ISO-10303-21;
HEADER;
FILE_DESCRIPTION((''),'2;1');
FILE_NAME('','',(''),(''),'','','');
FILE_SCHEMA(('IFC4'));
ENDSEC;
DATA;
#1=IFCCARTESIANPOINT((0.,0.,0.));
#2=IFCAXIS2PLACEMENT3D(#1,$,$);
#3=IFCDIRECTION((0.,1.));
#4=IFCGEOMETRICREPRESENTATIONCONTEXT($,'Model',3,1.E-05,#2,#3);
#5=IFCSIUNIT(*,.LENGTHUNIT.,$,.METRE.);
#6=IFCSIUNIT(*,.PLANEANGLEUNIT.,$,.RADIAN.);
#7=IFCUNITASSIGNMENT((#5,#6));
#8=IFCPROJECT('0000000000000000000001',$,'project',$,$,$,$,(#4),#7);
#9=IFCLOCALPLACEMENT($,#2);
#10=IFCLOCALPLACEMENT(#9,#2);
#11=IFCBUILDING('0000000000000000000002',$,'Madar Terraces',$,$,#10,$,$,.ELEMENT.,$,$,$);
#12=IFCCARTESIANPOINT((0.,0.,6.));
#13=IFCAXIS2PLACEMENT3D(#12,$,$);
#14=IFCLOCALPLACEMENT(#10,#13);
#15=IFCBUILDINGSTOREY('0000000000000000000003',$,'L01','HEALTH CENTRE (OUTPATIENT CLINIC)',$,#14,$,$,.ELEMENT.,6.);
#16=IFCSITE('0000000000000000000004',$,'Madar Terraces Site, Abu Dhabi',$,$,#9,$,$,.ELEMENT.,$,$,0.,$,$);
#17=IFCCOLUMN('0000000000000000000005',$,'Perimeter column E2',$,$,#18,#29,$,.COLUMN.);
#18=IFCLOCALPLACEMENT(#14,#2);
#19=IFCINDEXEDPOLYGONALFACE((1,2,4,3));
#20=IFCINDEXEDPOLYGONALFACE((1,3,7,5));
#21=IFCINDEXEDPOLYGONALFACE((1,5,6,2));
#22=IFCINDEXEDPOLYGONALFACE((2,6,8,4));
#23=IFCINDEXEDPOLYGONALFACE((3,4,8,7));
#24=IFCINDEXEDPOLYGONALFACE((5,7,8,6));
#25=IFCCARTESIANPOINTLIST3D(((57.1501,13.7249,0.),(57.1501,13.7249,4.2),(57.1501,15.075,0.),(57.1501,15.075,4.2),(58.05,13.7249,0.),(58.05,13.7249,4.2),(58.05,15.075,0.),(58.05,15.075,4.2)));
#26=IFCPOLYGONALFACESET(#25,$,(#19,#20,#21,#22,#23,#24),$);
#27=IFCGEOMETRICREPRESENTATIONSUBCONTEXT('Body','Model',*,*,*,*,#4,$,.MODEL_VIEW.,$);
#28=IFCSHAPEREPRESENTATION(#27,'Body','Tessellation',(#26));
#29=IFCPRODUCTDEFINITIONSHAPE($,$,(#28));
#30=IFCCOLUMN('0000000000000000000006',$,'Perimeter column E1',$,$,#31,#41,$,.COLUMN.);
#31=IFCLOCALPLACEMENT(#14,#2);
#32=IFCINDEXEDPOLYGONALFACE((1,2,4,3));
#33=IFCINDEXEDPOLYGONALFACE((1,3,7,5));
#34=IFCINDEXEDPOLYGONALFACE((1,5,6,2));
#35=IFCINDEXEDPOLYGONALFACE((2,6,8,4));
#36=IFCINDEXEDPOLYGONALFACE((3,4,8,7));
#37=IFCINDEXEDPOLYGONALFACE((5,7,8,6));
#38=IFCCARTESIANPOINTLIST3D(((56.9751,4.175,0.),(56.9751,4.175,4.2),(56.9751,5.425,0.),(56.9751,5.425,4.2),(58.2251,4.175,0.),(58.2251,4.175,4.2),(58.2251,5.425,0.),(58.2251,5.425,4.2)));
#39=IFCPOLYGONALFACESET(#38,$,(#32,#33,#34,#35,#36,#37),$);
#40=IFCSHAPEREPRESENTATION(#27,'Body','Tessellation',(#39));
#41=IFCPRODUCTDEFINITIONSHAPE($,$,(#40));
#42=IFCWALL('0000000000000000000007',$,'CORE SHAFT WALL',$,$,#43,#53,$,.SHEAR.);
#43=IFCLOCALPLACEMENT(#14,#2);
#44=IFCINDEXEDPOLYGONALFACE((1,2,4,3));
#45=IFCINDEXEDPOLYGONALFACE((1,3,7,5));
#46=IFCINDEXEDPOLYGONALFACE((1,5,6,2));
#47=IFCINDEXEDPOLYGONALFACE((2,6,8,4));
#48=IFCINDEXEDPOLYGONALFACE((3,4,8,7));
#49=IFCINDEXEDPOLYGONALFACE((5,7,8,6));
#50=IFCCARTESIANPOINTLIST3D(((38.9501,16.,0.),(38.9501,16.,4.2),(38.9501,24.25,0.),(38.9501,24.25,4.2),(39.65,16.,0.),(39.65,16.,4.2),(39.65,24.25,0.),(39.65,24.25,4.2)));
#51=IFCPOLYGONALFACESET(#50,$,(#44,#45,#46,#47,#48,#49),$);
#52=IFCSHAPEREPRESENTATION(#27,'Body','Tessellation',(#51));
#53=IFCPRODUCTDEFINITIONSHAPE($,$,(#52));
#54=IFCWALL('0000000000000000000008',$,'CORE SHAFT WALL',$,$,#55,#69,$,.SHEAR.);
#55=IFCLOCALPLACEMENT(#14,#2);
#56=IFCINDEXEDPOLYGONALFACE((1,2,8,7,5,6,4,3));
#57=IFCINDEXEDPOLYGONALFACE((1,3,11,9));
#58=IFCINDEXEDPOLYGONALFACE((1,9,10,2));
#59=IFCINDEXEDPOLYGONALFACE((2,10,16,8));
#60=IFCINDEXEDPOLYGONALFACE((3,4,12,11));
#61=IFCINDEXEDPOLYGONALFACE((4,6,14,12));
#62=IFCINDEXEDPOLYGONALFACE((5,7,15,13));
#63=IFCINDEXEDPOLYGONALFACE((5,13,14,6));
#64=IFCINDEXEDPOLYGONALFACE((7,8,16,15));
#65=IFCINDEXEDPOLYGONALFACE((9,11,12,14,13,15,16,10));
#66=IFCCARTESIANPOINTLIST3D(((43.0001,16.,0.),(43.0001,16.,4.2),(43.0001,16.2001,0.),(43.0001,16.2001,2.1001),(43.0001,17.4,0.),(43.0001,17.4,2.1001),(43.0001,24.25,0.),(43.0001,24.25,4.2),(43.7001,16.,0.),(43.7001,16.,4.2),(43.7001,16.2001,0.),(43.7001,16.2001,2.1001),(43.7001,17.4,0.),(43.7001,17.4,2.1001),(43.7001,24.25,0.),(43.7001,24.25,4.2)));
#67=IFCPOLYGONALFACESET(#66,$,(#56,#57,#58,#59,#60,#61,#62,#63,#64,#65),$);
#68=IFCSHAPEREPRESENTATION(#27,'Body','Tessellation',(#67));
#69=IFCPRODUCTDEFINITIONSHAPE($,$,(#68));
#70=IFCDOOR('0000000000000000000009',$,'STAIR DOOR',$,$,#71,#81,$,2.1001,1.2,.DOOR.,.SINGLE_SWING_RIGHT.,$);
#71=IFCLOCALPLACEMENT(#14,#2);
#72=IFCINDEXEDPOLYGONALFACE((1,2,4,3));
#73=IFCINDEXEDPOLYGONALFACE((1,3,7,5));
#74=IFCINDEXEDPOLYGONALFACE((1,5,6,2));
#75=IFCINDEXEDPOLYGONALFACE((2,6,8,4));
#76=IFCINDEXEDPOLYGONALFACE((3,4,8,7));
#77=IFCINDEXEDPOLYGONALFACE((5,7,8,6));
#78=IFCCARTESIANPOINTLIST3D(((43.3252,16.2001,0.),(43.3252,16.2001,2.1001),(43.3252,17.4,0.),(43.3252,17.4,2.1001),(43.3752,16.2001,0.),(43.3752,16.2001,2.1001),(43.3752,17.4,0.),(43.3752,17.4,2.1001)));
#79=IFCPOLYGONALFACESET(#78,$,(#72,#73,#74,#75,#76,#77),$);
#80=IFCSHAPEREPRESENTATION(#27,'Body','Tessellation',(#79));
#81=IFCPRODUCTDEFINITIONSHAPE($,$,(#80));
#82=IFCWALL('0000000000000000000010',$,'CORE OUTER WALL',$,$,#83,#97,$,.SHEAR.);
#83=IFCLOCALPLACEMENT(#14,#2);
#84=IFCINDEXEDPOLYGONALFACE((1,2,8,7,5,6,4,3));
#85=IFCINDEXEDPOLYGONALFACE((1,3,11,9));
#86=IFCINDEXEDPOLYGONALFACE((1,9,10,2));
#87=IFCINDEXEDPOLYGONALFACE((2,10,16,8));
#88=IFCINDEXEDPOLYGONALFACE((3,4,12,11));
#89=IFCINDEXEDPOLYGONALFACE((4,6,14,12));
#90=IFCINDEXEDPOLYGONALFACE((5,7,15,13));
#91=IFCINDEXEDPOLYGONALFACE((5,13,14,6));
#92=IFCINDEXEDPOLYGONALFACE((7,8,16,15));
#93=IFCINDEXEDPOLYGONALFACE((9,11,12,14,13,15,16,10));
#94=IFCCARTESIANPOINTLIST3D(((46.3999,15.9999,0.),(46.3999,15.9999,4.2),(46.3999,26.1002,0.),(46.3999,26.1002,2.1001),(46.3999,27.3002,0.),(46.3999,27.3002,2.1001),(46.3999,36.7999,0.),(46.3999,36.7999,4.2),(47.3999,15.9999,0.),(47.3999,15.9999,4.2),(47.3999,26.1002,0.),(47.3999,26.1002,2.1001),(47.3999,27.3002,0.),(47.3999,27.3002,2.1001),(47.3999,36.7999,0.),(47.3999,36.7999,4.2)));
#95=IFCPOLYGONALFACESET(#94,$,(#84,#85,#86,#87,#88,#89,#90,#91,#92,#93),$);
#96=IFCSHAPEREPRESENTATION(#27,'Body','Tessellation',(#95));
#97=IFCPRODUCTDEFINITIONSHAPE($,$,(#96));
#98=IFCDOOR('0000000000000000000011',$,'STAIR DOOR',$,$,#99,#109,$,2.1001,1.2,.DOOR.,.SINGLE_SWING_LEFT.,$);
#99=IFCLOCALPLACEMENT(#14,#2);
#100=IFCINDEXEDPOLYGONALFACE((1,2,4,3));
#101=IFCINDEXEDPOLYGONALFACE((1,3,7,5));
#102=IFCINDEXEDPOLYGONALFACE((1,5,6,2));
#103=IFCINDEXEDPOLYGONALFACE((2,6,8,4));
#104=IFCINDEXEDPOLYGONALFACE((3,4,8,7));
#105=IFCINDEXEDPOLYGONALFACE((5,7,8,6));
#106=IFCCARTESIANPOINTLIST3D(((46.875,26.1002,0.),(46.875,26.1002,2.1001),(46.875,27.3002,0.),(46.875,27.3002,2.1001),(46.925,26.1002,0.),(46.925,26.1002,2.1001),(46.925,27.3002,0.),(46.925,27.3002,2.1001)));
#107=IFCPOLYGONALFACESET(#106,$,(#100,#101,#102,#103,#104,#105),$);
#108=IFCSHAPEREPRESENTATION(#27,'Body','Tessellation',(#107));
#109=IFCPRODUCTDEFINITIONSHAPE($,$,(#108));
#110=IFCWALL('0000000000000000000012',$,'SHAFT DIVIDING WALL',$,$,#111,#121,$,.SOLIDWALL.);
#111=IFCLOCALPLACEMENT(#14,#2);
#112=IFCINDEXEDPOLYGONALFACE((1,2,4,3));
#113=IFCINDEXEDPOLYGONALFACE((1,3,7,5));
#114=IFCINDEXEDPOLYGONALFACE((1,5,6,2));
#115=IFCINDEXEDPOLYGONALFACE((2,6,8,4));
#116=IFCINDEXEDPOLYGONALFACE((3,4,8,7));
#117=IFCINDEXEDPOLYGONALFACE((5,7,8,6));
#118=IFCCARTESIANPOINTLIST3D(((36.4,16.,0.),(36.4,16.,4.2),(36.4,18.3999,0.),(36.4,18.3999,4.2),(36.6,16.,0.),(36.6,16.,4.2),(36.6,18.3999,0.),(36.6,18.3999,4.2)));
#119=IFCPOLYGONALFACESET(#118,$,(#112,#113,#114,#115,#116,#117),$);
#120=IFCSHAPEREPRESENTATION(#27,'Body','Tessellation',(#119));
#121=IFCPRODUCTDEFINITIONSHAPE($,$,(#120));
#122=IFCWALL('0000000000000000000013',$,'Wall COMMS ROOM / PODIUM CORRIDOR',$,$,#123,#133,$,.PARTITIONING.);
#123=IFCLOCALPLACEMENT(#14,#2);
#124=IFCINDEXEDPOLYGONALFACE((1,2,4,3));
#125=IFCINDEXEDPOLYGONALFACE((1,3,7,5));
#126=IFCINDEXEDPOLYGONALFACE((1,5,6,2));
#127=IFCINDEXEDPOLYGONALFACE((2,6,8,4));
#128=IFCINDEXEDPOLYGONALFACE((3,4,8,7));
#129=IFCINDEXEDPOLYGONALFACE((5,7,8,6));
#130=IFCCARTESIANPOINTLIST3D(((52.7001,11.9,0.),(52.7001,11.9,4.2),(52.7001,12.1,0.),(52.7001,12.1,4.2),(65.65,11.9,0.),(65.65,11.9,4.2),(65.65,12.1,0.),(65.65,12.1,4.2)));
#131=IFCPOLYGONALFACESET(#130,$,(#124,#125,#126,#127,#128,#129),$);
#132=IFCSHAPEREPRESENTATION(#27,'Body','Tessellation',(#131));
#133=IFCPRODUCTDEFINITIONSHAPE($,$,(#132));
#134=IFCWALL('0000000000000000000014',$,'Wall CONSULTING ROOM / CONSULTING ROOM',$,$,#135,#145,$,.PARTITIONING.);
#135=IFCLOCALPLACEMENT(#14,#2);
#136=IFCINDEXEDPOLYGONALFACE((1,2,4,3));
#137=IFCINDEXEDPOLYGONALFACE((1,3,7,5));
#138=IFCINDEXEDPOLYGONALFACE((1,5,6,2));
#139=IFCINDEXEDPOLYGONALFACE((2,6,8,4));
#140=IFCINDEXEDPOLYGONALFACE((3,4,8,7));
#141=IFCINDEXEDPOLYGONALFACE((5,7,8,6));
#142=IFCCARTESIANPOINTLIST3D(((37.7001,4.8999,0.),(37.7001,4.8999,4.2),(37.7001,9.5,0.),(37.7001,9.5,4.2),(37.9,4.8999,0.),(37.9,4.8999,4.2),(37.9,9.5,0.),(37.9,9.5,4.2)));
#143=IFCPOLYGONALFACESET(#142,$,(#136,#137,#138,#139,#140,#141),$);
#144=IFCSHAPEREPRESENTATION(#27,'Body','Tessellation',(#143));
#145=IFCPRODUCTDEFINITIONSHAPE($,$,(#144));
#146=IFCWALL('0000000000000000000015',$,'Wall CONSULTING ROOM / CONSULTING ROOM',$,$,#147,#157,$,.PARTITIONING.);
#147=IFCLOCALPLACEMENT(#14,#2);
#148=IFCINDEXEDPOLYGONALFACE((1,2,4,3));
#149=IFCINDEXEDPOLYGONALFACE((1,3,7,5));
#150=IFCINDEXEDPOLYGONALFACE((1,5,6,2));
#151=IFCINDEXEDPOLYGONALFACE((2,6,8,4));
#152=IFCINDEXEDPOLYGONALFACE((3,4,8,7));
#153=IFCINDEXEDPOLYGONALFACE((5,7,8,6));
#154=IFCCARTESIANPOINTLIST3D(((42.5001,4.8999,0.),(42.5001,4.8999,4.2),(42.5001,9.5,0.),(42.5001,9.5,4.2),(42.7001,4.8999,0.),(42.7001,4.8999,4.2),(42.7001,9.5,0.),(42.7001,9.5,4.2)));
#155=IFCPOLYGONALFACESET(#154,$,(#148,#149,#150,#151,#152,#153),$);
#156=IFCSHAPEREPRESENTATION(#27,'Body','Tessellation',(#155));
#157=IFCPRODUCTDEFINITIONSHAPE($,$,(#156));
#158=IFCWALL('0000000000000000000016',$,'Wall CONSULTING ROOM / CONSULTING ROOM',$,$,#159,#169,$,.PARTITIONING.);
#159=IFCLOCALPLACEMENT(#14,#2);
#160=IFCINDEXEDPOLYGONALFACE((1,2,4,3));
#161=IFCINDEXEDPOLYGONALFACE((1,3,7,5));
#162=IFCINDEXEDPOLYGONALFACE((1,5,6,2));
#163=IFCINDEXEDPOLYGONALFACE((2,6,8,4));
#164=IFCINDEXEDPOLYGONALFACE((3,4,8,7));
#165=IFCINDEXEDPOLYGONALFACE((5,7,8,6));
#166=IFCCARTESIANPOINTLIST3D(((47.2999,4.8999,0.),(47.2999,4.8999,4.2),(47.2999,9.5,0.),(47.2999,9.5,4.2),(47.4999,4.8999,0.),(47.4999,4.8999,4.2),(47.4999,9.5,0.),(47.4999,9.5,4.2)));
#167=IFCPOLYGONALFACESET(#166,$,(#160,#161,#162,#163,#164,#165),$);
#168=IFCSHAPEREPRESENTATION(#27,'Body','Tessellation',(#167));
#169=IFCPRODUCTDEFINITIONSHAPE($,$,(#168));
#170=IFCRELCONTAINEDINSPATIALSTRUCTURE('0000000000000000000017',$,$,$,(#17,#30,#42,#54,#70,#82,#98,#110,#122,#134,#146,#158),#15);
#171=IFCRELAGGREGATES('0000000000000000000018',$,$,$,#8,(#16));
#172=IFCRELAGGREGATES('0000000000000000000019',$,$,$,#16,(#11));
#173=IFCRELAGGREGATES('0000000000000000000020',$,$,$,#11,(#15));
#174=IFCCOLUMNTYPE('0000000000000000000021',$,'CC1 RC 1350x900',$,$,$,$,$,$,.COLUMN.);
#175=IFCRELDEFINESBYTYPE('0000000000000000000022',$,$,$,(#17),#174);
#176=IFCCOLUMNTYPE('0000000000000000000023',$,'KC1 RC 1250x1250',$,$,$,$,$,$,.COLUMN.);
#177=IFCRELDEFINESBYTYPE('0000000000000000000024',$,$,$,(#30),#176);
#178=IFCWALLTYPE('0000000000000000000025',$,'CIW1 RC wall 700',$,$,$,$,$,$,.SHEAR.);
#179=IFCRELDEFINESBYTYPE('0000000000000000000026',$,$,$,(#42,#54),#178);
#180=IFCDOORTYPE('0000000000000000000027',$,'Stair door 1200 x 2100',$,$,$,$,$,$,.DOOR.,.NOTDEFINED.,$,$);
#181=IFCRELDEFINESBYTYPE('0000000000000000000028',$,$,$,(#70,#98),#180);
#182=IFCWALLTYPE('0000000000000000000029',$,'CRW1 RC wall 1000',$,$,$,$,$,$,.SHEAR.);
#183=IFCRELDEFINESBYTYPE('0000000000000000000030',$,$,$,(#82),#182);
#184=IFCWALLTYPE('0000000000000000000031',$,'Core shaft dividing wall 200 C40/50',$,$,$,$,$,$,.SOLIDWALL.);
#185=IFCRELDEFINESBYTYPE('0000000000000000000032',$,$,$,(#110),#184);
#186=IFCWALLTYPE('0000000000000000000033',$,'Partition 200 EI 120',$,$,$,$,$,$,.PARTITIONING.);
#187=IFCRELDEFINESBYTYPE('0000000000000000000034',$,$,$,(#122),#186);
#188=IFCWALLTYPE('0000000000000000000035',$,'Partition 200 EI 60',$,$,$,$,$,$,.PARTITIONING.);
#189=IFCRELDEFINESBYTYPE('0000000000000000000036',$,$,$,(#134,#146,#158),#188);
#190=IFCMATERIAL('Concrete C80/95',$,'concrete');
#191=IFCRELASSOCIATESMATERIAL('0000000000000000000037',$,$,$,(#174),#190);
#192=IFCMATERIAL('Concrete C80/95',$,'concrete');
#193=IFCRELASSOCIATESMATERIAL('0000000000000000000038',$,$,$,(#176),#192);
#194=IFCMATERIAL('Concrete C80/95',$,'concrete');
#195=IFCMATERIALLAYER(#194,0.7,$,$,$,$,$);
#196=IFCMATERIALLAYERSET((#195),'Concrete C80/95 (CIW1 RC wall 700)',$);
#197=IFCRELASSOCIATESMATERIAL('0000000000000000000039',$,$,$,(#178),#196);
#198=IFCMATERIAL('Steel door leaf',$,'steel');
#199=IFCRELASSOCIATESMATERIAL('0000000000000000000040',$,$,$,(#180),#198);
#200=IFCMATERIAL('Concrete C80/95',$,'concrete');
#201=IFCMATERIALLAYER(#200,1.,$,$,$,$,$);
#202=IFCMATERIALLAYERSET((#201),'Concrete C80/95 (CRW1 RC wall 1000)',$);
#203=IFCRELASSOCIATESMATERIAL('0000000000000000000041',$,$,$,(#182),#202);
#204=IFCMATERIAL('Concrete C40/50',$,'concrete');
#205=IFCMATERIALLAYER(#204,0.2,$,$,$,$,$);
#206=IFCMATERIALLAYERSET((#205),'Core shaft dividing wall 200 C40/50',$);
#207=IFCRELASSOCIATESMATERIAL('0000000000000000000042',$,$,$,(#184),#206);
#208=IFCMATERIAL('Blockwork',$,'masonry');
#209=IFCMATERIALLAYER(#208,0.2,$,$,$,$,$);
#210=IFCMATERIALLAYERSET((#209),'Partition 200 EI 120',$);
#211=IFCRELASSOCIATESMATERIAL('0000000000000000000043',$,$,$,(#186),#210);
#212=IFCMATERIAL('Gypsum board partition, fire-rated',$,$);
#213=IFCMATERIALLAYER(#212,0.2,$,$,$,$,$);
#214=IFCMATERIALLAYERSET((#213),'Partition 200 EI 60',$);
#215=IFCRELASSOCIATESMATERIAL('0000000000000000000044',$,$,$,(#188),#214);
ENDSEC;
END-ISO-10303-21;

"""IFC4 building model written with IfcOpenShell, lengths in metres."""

from ifc_helpers import new_model, si_unit, direction, frame, frame_2d, origin, origin_2d, place, context, subcontext, project, spatial, rectangle, extrude, material, layer, layer_set, material_profile, profile_set, type_object, element, fill, save


model = new_model("IFC4")

# Units and contexts
model_context = context("Model", 3, precision=1e-05, world=origin(), true_north=direction((0.0, 1.0)))
body_context = subcontext(model_context, "Body", "Model", "MODEL_VIEW")
ifc_project = project(units=[si_unit("LENGTHUNIT", "METRE"), si_unit("PLANEANGLEUNIT", "RADIAN")], contexts=[model_context])

# Site, building, storey
site_placement = place(None, origin())
site = spatial("IfcSite", under=ifc_project, at=site_placement, Name="Madar Terraces Site, Abu Dhabi", CompositionType="ELEMENT", RefElevation=0.0)
building_placement = place(site_placement, origin())
building = spatial("IfcBuilding", under=site, at=building_placement, Name="Madar Terraces", CompositionType="ELEMENT")
storey_placement = place(building_placement, frame((0.0, 0.0, 6.0)))
storey = spatial("IfcBuildingStorey", under=building, at=storey_placement, Name="L01", Description="HEALTH CENTRE (OUTPATIENT CLINIC)", CompositionType="ELEMENT", Elevation=6.0)

# Columns
ifc_material_1 = material(Name="Concrete C80/95", Category="concrete")
ifc_material_profile_1 = material_profile(ifc_material_1, rectangle(XDim=1.3501, YDim=0.8999, at=origin_2d()), Name="CC1 RC 1350x900")
ifc_profile_set_1 = profile_set([ifc_material_profile_1], Name="Concrete C80/95")
column_type_1 = type_object("IfcColumnType", Name="CC1 RC 1350x900", PredefinedType="COLUMN", material=ifc_profile_set_1)
column_1_placement = place(storey_placement, frame((57.6001, 14.3999, 0.0), z_axis=(0.0, 0.0, 1.0), x_axis=(0.0, 1.0, 0.0)))
element("IfcColumn", 1, at=column_1_placement, inside=storey, type_object=column_type_1, Name="Perimeter column E2", PredefinedType="COLUMN", context=body_context, shape_type="SweptSolid", body=[
    extrude(rectangle(XDim=1.3501, YDim=0.8999, at=origin_2d()), origin(), (0.0, 0.0, 1.0), 4.2),
])
ifc_material_2 = material(Name="Concrete C80/95", Category="concrete")
ifc_material_profile_2 = material_profile(ifc_material_2, rectangle(XDim=1.25, YDim=1.25, at=origin_2d()), Name="KC1 RC 1250x1250")
ifc_profile_set_2 = profile_set([ifc_material_profile_2], Name="Concrete C80/95")
column_type_2 = type_object("IfcColumnType", Name="KC1 RC 1250x1250", PredefinedType="COLUMN", material=ifc_profile_set_2)
column_2_placement = place(storey_placement, frame((57.6001, 4.8, 0.0), z_axis=(0.0, 0.0, 1.0), x_axis=(1.0, 0.0, 0.0)))
element("IfcColumn", 2, at=column_2_placement, inside=storey, type_object=column_type_2, Name="Perimeter column E1", PredefinedType="COLUMN", context=body_context, shape_type="SweptSolid", body=[
    extrude(rectangle(XDim=1.25, YDim=1.25, at=origin_2d()), origin(), (0.0, 0.0, 1.0), 4.2),
])

# Wall
ifc_material_3 = material(Name="Concrete C80/95", Category="concrete")
ifc_layer_1 = layer(ifc_material_3, 0.7)
ifc_layer_set_1 = layer_set([ifc_layer_1], Name="Concrete C80/95 (CIW1 RC wall 700)")
wall_type_1 = type_object("IfcWallType", Name="CIW1 RC wall 700", PredefinedType="SHEAR", material=ifc_layer_set_1)
wall_1_placement = place(storey_placement, frame((39.3, 16.0, 0.0), z_axis=(0.0, 0.0, 1.0), x_axis=(0.0, 1.0, 0.0)))
element("IfcWall", 3, at=wall_1_placement, inside=storey, type_object=wall_type_1, Name="CORE SHAFT WALL", PredefinedType="SHEAR", context=body_context, shape_type="SweptSolid", body=[
    extrude(rectangle(XDim=8.25, YDim=0.7, at=frame_2d((4.125, 0.0))), origin(), (0.0, 0.0, 1.0), 4.2),
])

# Walls, openings, doors
wall_2_placement = place(storey_placement, frame((43.3501, 16.0, 0.0), z_axis=(0.0, 0.0, 1.0), x_axis=(0.0, 1.0, 0.0)))
wall_2 = element("IfcWall", 4, at=wall_2_placement, inside=storey, type_object=wall_type_1, Name="CORE SHAFT WALL", PredefinedType="SHEAR", context=body_context, shape_type="SweptSolid", body=[
    extrude(rectangle(XDim=8.25, YDim=0.7, at=frame_2d((4.125, 0.0))), origin(), (0.0, 0.0, 1.0), 4.2),
])
opening_1_placement = place(wall_2_placement, frame((0.2, 0.0, 0.0)))
opening_1 = element("IfcOpeningElement", 5, at=opening_1_placement, cuts=wall_2, PredefinedType="OPENING", context=body_context, shape_type="SweptSolid", body=[
    extrude(rectangle(XDim=1.2, YDim=2.1001, at=frame_2d((0.6001, 1.05))), frame((0.0, 0.3599, 0.0), z_axis=(0.0, -1.0, 0.0), x_axis=(1.0, 0.0, 0.0)), (0.0, 0.0, 1.0), 0.72),
])
ifc_material_4 = material(Name="Steel door leaf", Category="steel")
door_type_1 = type_object("IfcDoorType", Name="Stair door 1200 x 2100", OperationType="NOTDEFINED", PredefinedType="DOOR", material=ifc_material_4)
door_1_placement = place(opening_1_placement, origin())
door_1 = element("IfcDoor", 6, at=door_1_placement, inside=storey, type_object=door_type_1, Name="STAIR DOOR", OperationType="SINGLE_SWING_RIGHT", OverallHeight=2.1001, OverallWidth=1.2, PredefinedType="DOOR", context=body_context, shape_type="SweptSolid", body=[
    extrude(rectangle(XDim=1.2, YDim=2.1001, at=frame_2d((0.6001, 1.05))), frame((0.0, 0.0249, 0.0), z_axis=(0.0, -1.0, 0.0), x_axis=(1.0, 0.0, 0.0)), (0.0, 0.0, 1.0), 0.05),
])
fill(opening_1, door_1)
ifc_material_5 = material(Name="Concrete C80/95", Category="concrete")
ifc_layer_2 = layer(ifc_material_5, 1.0)
ifc_layer_set_2 = layer_set([ifc_layer_2], Name="Concrete C80/95 (CRW1 RC wall 1000)")
wall_type_2 = type_object("IfcWallType", Name="CRW1 RC wall 1000", PredefinedType="SHEAR", material=ifc_layer_set_2)
wall_3_placement = place(storey_placement, frame((46.8999, 16.0, 0.0), z_axis=(0.0, 0.0, 1.0), x_axis=(0.0, 1.0, 0.0)))
wall_3 = element("IfcWall", 7, at=wall_3_placement, inside=storey, type_object=wall_type_2, Name="CORE OUTER WALL", PredefinedType="SHEAR", context=body_context, shape_type="SweptSolid", body=[
    extrude(rectangle(XDim=20.8, YDim=1.0, at=frame_2d((10.3999, 0.0))), origin(), (0.0, 0.0, 1.0), 4.2),
])
opening_2_placement = place(wall_3_placement, frame((10.1001, 0.0, 0.0)))
opening_2 = element("IfcOpeningElement", 8, at=opening_2_placement, cuts=wall_3, PredefinedType="OPENING", context=body_context, shape_type="SweptSolid", body=[
    extrude(rectangle(XDim=1.2, YDim=2.1001, at=frame_2d((0.6001, 1.05))), frame((0.0, 0.51, 0.0), z_axis=(0.0, -1.0, 0.0), x_axis=(1.0, 0.0, 0.0)), (0.0, 0.0, 1.0), 1.02),
])
door_2_placement = place(opening_2_placement, origin())
door_2 = element("IfcDoor", 9, at=door_2_placement, inside=storey, type_object=door_type_1, Name="STAIR DOOR", OperationType="SINGLE_SWING_LEFT", OverallHeight=2.1001, OverallWidth=1.2, PredefinedType="DOOR", context=body_context, shape_type="SweptSolid", body=[
    extrude(rectangle(XDim=1.2, YDim=2.1001, at=frame_2d((0.6001, 1.05))), frame((0.0, 0.0249, 0.0), z_axis=(0.0, -1.0, 0.0), x_axis=(1.0, 0.0, 0.0)), (0.0, 0.0, 1.0), 0.05),
])
fill(opening_2, door_2)

# Walls
ifc_material_6 = material(Name="Concrete C40/50", Category="concrete")
ifc_layer_3 = layer(ifc_material_6, 0.2)
ifc_layer_set_3 = layer_set([ifc_layer_3], Name="Core shaft dividing wall 200 C40/50")
wall_type_3 = type_object("IfcWallType", Name="Core shaft dividing wall 200 C40/50", PredefinedType="SOLIDWALL", material=ifc_layer_set_3)
wall_4_placement = place(storey_placement, frame((36.5, 16.0, 0.0), z_axis=(0.0, 0.0, 1.0), x_axis=(0.0, 1.0, 0.0)))
element("IfcWall", 10, at=wall_4_placement, inside=storey, type_object=wall_type_3, Name="SHAFT DIVIDING WALL", PredefinedType="SOLIDWALL", context=body_context, shape_type="SweptSolid", body=[
    extrude(rectangle(XDim=2.3999, YDim=0.2, at=frame_2d((1.2, 0.0))), origin(), (0.0, 0.0, 1.0), 4.2),
])
ifc_material_7 = material(Name="Blockwork", Category="masonry")
ifc_layer_4 = layer(ifc_material_7, 0.2)
ifc_layer_set_4 = layer_set([ifc_layer_4], Name="Partition 200 EI 120")
wall_type_4 = type_object("IfcWallType", Name="Partition 200 EI 120", PredefinedType="PARTITIONING", material=ifc_layer_set_4)
wall_5_placement = place(storey_placement, frame((52.7, 12.0, 0.0), z_axis=(0.0, 0.0, 1.0), x_axis=(1.0, 0.0, 0.0)))
element("IfcWall", 11, at=wall_5_placement, inside=storey, type_object=wall_type_4, Name="Wall COMMS ROOM / PODIUM CORRIDOR", PredefinedType="PARTITIONING", context=body_context, shape_type="SweptSolid", body=[
    extrude(rectangle(XDim=12.95, YDim=0.2, at=frame_2d((6.4751, 0.0))), origin(), (0.0, 0.0, 1.0), 4.2),
])
ifc_material_8 = material(Name="Gypsum board partition, fire-rated")
ifc_layer_5 = layer(ifc_material_8, 0.2)
ifc_layer_set_5 = layer_set([ifc_layer_5], Name="Partition 200 EI 60")
wall_type_5 = type_object("IfcWallType", Name="Partition 200 EI 60", PredefinedType="PARTITIONING", material=ifc_layer_set_5)
for number, where, z_axis, x_axis, name in (
    (12, (37.8, 4.8999, 0.0), (0.0, 0.0, 1.0), (0.0, 1.0, 0.0), "Wall CONSULTING ROOM / CONSULTING ROOM"),
    (13, (42.6001, 4.8999, 0.0), (0.0, 0.0, 1.0), (0.0, 1.0, 0.0), "Wall CONSULTING ROOM / CONSULTING ROOM"),
    (14, (47.3999, 4.8999, 0.0), (0.0, 0.0, 1.0), (0.0, 1.0, 0.0), "Wall CONSULTING ROOM / CONSULTING ROOM"),
):
    element("IfcWall", number, at=place(storey_placement, frame(where, z_axis=z_axis, x_axis=x_axis)), inside=storey, type_object=wall_type_5, Name=name, PredefinedType="PARTITIONING", context=body_context, shape_type="SweptSolid", body=[
        extrude(rectangle(XDim=4.6001, YDim=0.2, at=frame_2d((2.3, 0.0))), origin(), (0.0, 0.0, 1.0), 4.2),
    ])

save(model, "model.ifc")
